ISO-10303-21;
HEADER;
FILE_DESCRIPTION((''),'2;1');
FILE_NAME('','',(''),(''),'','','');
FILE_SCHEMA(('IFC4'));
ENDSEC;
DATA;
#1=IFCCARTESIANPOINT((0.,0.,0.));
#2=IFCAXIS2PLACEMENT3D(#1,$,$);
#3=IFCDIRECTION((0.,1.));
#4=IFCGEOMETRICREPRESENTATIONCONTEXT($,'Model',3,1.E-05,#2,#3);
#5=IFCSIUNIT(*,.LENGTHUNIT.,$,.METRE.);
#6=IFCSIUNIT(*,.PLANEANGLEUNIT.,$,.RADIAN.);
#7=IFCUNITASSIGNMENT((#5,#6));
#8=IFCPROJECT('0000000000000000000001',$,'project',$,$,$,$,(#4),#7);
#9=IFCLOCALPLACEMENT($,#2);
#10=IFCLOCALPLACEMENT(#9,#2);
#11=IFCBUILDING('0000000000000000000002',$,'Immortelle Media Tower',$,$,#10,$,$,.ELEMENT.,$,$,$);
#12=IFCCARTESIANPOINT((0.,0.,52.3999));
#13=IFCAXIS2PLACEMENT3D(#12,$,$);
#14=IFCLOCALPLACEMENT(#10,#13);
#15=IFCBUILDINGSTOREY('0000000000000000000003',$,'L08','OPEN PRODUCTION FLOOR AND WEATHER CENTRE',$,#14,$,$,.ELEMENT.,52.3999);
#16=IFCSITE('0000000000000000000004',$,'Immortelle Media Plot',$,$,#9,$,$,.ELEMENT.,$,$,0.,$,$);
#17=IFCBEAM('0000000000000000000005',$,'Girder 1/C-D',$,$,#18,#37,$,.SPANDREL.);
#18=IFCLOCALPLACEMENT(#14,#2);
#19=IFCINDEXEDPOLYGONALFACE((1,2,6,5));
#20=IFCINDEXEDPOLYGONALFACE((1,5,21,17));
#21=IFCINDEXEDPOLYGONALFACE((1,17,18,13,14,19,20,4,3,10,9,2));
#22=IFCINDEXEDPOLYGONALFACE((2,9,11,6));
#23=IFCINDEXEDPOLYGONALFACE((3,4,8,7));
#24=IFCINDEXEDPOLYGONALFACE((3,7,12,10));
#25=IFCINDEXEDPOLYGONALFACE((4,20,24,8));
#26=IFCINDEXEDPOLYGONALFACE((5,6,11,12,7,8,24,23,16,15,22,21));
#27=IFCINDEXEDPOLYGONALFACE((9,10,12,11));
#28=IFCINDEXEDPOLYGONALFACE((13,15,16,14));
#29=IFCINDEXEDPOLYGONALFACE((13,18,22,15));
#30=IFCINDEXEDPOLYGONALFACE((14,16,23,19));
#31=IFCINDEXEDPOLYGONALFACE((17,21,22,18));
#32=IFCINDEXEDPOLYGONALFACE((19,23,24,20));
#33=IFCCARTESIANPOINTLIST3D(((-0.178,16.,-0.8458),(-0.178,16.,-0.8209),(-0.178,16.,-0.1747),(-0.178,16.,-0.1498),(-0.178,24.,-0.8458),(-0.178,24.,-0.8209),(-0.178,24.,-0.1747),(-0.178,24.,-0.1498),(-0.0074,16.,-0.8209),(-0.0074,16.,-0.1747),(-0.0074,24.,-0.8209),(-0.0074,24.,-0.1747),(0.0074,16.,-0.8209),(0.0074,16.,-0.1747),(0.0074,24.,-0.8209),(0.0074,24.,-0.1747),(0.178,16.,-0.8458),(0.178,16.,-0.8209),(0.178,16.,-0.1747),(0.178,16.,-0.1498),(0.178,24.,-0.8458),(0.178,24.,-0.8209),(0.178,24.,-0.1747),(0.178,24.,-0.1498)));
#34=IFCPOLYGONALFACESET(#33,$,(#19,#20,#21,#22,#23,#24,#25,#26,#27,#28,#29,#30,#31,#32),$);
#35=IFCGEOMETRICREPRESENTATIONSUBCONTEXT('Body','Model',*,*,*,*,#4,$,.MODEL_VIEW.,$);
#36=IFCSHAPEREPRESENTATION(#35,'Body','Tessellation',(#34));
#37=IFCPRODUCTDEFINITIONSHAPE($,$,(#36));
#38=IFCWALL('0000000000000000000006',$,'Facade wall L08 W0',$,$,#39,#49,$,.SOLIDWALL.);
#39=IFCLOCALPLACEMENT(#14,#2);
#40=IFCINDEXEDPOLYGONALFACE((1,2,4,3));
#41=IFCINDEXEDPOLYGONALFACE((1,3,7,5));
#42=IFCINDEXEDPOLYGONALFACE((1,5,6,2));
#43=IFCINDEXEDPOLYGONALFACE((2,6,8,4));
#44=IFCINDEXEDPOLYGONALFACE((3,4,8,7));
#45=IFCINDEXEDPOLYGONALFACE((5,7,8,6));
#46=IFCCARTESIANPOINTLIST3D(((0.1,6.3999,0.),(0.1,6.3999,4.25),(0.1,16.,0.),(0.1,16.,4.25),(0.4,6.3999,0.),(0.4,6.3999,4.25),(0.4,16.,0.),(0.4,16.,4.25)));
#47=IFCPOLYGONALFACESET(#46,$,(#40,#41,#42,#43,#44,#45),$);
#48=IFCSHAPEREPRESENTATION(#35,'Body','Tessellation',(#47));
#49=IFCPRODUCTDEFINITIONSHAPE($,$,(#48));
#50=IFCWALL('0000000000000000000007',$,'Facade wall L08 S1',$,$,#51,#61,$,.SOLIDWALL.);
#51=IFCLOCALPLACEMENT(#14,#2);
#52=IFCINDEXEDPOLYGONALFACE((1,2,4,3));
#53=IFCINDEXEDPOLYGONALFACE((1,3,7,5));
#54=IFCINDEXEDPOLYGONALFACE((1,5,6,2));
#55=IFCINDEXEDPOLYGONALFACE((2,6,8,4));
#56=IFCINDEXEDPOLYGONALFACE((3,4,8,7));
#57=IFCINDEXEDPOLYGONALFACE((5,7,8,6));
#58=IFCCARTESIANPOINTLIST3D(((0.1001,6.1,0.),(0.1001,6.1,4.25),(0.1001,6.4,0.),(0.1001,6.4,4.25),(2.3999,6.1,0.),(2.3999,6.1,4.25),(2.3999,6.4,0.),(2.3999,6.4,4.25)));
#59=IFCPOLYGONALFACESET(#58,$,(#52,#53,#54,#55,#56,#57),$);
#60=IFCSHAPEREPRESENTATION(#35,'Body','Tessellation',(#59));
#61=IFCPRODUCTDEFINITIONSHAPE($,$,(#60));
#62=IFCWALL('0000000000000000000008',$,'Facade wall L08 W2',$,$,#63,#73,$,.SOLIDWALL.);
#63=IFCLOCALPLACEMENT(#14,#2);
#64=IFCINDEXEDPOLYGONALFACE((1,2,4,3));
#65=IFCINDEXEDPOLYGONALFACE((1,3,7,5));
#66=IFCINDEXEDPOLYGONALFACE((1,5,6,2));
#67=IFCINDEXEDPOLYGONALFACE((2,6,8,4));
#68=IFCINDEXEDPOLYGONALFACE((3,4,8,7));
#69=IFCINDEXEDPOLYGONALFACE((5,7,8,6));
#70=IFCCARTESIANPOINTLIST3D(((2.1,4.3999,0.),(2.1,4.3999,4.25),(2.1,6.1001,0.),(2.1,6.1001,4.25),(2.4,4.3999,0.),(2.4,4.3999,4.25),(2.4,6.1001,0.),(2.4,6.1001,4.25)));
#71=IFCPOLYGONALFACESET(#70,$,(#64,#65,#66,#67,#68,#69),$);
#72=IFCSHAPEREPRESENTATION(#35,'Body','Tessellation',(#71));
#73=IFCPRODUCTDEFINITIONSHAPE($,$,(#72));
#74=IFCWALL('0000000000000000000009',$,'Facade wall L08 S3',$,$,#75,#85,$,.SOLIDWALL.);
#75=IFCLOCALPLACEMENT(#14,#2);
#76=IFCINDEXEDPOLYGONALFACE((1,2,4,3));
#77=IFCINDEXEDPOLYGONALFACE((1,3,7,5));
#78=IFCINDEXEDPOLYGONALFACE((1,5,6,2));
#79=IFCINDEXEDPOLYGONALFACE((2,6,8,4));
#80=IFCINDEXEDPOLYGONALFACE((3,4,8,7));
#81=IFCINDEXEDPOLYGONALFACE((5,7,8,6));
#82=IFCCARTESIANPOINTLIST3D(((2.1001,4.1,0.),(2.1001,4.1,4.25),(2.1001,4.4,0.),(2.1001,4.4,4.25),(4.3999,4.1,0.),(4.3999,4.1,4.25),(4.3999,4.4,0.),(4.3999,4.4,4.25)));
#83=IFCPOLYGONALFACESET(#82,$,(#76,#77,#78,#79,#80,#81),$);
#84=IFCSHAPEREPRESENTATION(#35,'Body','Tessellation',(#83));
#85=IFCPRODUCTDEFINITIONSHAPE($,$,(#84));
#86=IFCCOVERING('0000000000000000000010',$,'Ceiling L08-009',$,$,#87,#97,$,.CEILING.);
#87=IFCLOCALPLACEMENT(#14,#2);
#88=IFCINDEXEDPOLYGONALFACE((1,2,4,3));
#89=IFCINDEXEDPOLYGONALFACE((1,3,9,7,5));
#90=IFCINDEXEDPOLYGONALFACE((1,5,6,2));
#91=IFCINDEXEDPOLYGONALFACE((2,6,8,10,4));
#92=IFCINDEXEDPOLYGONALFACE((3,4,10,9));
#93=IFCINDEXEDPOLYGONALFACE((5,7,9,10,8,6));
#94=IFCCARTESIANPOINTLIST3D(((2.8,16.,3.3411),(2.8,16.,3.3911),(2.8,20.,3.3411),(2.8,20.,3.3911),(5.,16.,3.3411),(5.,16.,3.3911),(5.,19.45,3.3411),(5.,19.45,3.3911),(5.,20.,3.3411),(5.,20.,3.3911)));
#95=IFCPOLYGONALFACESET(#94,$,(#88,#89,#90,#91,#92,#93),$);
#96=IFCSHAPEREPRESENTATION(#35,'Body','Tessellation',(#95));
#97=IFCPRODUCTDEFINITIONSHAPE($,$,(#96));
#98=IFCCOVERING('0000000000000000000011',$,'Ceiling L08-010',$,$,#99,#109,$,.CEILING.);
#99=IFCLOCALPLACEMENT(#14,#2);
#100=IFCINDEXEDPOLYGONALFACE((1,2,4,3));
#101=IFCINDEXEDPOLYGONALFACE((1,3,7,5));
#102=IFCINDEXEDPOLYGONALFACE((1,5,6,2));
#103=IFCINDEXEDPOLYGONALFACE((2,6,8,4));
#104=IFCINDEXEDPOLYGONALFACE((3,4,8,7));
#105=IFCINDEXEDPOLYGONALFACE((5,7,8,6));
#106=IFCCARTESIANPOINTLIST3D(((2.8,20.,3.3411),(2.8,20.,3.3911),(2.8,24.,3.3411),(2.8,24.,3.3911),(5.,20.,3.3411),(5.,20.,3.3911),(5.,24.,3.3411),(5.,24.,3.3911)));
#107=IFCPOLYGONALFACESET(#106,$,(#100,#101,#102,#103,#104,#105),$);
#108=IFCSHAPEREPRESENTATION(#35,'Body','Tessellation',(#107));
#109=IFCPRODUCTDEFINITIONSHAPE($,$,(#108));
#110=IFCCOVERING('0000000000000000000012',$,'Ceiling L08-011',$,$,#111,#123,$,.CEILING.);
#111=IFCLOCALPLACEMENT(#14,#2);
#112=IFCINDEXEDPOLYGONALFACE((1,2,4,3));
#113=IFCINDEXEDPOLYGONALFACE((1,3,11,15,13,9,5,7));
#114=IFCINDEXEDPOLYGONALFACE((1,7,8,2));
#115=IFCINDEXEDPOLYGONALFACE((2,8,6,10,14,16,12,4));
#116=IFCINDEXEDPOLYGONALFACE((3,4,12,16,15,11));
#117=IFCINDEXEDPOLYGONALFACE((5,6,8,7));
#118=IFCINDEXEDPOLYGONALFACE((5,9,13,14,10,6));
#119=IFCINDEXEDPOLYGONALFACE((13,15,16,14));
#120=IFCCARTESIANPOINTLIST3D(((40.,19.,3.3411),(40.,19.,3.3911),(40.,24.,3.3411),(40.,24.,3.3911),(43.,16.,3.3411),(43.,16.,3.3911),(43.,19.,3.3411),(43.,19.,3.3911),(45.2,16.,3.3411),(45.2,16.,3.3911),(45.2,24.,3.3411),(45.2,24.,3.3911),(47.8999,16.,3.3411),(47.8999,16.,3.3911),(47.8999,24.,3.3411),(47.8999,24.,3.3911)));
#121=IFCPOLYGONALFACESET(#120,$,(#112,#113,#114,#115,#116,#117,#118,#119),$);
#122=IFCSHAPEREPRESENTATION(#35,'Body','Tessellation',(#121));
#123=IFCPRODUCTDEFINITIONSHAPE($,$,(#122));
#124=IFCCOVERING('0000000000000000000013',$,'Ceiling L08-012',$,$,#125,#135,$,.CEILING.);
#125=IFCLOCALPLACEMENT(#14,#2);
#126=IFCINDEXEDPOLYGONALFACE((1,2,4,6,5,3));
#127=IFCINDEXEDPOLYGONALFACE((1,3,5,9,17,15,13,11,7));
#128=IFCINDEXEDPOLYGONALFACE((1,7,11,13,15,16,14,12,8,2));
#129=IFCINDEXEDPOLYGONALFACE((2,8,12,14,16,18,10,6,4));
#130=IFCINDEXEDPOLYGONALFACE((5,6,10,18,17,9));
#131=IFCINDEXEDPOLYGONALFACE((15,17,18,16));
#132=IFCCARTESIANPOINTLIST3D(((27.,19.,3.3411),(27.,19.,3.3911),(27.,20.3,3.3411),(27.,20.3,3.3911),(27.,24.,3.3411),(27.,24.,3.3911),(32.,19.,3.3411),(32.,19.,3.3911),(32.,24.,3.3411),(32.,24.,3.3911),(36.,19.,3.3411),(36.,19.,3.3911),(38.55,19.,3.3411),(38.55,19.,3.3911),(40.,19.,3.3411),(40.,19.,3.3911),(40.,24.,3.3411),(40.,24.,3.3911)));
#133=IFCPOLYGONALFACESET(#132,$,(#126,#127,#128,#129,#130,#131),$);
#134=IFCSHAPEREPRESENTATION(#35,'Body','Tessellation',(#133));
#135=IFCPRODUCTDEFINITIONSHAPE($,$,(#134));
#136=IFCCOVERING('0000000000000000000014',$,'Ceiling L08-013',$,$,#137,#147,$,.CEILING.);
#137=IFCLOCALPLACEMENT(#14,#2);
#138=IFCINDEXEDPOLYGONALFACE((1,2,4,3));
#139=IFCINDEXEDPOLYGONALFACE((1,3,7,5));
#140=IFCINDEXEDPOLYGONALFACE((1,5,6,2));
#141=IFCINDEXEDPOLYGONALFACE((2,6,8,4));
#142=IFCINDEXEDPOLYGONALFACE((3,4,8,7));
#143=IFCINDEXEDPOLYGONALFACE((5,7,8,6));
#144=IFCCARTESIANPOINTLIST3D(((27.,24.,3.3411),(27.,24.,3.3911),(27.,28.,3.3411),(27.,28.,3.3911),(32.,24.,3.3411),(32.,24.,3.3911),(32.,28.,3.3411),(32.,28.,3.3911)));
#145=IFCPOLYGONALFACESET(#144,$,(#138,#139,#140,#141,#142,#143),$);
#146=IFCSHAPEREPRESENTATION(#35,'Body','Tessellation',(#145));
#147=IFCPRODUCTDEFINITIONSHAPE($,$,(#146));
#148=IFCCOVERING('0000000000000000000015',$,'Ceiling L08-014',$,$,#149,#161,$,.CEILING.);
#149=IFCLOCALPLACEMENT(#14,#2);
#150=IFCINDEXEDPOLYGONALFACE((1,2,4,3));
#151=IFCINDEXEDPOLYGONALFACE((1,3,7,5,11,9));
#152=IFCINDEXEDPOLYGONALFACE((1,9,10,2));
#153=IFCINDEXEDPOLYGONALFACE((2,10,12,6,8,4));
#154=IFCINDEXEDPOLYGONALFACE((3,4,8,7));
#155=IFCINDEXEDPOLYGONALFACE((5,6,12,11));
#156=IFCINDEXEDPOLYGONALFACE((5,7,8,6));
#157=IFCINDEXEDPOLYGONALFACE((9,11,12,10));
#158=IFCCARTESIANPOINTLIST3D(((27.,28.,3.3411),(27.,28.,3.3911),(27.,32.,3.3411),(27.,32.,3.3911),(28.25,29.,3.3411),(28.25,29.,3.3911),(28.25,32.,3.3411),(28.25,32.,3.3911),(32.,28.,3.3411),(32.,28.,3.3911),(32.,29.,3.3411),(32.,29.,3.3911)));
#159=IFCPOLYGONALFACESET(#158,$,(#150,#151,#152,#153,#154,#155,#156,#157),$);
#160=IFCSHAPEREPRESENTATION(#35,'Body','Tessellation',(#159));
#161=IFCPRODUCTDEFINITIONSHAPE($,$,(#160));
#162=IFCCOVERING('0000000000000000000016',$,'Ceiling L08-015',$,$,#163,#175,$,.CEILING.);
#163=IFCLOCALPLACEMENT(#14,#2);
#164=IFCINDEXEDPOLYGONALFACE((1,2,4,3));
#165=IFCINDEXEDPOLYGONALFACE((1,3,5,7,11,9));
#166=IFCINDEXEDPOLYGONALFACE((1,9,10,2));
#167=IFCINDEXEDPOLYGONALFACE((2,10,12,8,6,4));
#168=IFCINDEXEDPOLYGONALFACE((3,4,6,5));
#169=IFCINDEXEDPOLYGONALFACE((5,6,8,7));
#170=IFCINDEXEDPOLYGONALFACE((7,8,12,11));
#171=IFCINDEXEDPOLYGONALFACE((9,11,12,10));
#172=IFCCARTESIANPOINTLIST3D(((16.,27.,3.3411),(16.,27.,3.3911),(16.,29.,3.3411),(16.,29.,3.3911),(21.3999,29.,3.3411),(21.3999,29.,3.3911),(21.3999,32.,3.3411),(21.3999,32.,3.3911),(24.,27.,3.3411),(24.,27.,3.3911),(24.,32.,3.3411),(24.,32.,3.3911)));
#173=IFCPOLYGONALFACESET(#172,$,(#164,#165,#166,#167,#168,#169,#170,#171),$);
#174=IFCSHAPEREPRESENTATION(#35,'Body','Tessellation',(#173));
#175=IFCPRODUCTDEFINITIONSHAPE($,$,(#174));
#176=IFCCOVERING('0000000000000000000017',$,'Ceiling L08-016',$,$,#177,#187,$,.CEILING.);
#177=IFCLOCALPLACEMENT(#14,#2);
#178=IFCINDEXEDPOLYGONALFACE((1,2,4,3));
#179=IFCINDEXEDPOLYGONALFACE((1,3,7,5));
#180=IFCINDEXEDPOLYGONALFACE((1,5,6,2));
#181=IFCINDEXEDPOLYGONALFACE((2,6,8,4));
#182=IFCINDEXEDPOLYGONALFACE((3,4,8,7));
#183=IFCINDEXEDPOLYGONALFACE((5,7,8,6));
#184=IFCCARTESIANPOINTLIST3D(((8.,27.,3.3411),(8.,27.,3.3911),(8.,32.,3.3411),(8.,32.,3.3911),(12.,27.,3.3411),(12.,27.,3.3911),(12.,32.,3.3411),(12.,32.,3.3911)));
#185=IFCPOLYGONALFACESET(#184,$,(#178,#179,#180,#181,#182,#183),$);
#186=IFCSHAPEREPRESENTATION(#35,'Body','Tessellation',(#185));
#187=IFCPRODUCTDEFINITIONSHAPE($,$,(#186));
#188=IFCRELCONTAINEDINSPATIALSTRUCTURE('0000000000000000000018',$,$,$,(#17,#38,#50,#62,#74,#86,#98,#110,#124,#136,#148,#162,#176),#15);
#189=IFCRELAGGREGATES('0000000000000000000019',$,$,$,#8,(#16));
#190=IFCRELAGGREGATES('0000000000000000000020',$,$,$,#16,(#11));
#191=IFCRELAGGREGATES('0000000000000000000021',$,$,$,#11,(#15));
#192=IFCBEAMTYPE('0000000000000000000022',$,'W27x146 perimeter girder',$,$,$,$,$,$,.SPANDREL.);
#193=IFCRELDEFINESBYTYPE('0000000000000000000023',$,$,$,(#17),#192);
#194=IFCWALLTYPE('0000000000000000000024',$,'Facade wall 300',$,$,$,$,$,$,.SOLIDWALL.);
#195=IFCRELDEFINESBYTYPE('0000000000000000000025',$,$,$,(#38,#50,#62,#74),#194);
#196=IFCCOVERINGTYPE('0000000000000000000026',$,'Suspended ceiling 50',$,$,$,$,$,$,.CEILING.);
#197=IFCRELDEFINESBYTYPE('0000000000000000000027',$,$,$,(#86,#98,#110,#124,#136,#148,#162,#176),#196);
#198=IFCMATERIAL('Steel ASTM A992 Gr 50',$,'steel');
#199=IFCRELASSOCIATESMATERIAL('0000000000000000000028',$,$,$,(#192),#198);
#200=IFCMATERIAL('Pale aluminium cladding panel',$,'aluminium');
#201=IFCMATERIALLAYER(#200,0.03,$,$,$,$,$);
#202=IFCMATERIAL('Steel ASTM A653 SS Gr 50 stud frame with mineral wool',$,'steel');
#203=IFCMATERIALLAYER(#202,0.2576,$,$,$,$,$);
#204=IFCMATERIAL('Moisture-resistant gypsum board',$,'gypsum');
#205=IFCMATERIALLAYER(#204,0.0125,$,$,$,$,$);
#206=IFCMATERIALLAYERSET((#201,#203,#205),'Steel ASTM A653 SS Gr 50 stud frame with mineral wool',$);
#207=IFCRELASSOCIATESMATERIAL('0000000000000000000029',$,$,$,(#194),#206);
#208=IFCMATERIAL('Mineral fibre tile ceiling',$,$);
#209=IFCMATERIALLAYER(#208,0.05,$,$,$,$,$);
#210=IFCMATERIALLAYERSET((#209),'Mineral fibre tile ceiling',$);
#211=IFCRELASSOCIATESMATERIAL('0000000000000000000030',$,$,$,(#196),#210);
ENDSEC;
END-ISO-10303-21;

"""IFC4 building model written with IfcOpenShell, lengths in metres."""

from ifc_helpers import new_model, si_unit, direction, frame, frame_2d, origin, origin_2d, place, context, subcontext, project, spatial, polyline, rectangle, i_section, outline, extrude, material, layer, layer_set, material_profile, profile_set, type_object, element, save


model = new_model("IFC4")

# Units and contexts
model_context = context("Model", 3, precision=1e-05, world=origin(), true_north=direction((0.0, 1.0)))
body_context = subcontext(model_context, "Body", "Model", "MODEL_VIEW")
ifc_project = project(units=[si_unit("LENGTHUNIT", "METRE"), si_unit("PLANEANGLEUNIT", "RADIAN")], contexts=[model_context])

# Site, building, storey
site_placement = place(None, origin())
site = spatial("IfcSite", under=ifc_project, at=site_placement, Name="Immortelle Media Plot", CompositionType="ELEMENT", RefElevation=0.0)
building_placement = place(site_placement, origin())
building = spatial("IfcBuilding", under=site, at=building_placement, Name="Immortelle Media Tower", CompositionType="ELEMENT")
storey_placement = place(building_placement, frame((0.0, 0.0, 52.3999)))
storey = spatial("IfcBuildingStorey", under=building, at=storey_placement, Name="L08", Description="OPEN PRODUCTION FLOOR AND WEATHER CENTRE", CompositionType="ELEMENT", Elevation=52.3999)

# Shared definitions
ifc_material_1 = material(Name="Steel ASTM A992 Gr 50", Category="steel")

# Beam
ifc_material_profile_1 = material_profile(ifc_material_1, i_section(OverallWidth=0.356, OverallDepth=0.696, WebThickness=0.0149, FlangeThickness=0.0249, at=origin_2d()), Name="W27x146")
ifc_profile_set_1 = profile_set([ifc_material_profile_1], Name="Steel ASTM A992 Gr 50")
beam_type_1 = type_object("IfcBeamType", Name="W27x146 perimeter girder", PredefinedType="SPANDREL", material=ifc_profile_set_1)
for number, where, z_axis, x_axis, name in (
    (1, (0.0, 16.0, -0.4978), (0.0, 1.0, 0.0), (-1.0, 0.0, 0.0), "Girder 1/C-D"),
):
    element("IfcBeam", number, at=place(storey_placement, frame(where, z_axis=z_axis, x_axis=x_axis)), inside=storey, type_object=beam_type_1, Name=name, PredefinedType="SPANDREL", context=body_context, shape_type="SweptSolid", body=[
        extrude(i_section(OverallWidth=0.356, OverallDepth=0.696, WebThickness=0.0149, FlangeThickness=0.0249, at=origin_2d()), origin(), (0.0, 0.0, 1.0), 8.0),
    ])

# Walls
ifc_material_2 = material(Name="Pale aluminium cladding panel", Category="aluminium")
ifc_layer_1 = layer(ifc_material_2, 0.03)
ifc_material_3 = material(Name="Steel ASTM A653 SS Gr 50 stud frame with mineral wool", Category="steel")
ifc_layer_2 = layer(ifc_material_3, 0.2576)
ifc_material_4 = material(Name="Moisture-resistant gypsum board", Category="gypsum")
ifc_layer_3 = layer(ifc_material_4, 0.0125)
ifc_layer_set_1 = layer_set([ifc_layer_1, ifc_layer_2, ifc_layer_3], Name="Steel ASTM A653 SS Gr 50 stud frame with mineral wool")
wall_type = type_object("IfcWallType", Name="Facade wall 300", PredefinedType="SOLIDWALL", material=ifc_layer_set_1)
wall_1_placement = place(storey_placement, frame((0.25, 16.0, 0.0), z_axis=(0.0, 0.0, 1.0), x_axis=(0.0, -1.0, 0.0)))
element("IfcWall", 2, at=wall_1_placement, inside=storey, type_object=wall_type, Name="Facade wall L08 W0", PredefinedType="SOLIDWALL", context=body_context, shape_type="SweptSolid", body=[
    extrude(rectangle(XDim=9.6001, YDim=0.3, at=frame_2d((4.8, 0.0))), origin(), (0.0, 0.0, 1.0), 4.25),
])
wall_2_placement = place(storey_placement, frame((0.1001, 6.25, 0.0), z_axis=(0.0, 0.0, 1.0), x_axis=(1.0, 0.0, 0.0)))
element("IfcWall", 3, at=wall_2_placement, inside=storey, type_object=wall_type, Name="Facade wall L08 S1", PredefinedType="SOLIDWALL", context=body_context, shape_type="SweptSolid", body=[
    extrude(rectangle(XDim=2.2998, YDim=0.3, at=frame_2d((1.1499, 0.0))), origin(), (0.0, 0.0, 1.0), 4.25),
])
wall_3_placement = place(storey_placement, frame((2.25, 6.1001, 0.0), z_axis=(0.0, 0.0, 1.0), x_axis=(0.0, -1.0, 0.0)))
element("IfcWall", 4, at=wall_3_placement, inside=storey, type_object=wall_type, Name="Facade wall L08 W2", PredefinedType="SOLIDWALL", context=body_context, shape_type="SweptSolid", body=[
    extrude(rectangle(XDim=1.7002, YDim=0.3, at=frame_2d((0.8501, 0.0))), origin(), (0.0, 0.0, 1.0), 4.25),
])
wall_4_placement = place(storey_placement, frame((2.1001, 4.25, 0.0), z_axis=(0.0, 0.0, 1.0), x_axis=(1.0, 0.0, 0.0)))
element("IfcWall", 5, at=wall_4_placement, inside=storey, type_object=wall_type, Name="Facade wall L08 S3", PredefinedType="SOLIDWALL", context=body_context, shape_type="SweptSolid", body=[
    extrude(rectangle(XDim=2.2998, YDim=0.3, at=frame_2d((1.1499, 0.0))), origin(), (0.0, 0.0, 1.0), 4.25),
])

# Coverings
ifc_material_5 = material(Name="Mineral fibre tile ceiling")
ifc_layer_4 = layer(ifc_material_5, 0.05)
ifc_layer_set_2 = layer_set([ifc_layer_4], Name="Mineral fibre tile ceiling")
covering_type = type_object("IfcCoveringType", Name="Suspended ceiling 50", PredefinedType="CEILING", material=ifc_layer_set_2)
covering_1_placement = place(storey_placement, frame((0.0, 0.0, 3.3411)))
element("IfcCovering", 6, at=covering_1_placement, inside=storey, type_object=covering_type, Name="Ceiling L08-009", PredefinedType="CEILING", context=body_context, shape_type="SweptSolid", body=[
    extrude(outline(polyline([(5.0, 16.0), (2.8, 16.0), (2.8, 20.0), (5.0, 20.0), (5.0, 19.45), (5.0, 16.0)])), origin(), (0.0, 0.0, 1.0), 0.05),
])
covering_2_placement = place(storey_placement, frame((0.0, 0.0, 3.3411)))
element("IfcCovering", 7, at=covering_2_placement, inside=storey, type_object=covering_type, Name="Ceiling L08-010", PredefinedType="CEILING", context=body_context, shape_type="SweptSolid", body=[
    extrude(outline(polyline([(2.8, 24.0), (5.0, 24.0), (5.0, 20.0), (2.8, 20.0), (2.8, 24.0)])), origin(), (0.0, 0.0, 1.0), 0.05),
])
covering_3_placement = place(storey_placement, frame((0.0, 0.0, 3.3411)))
element("IfcCovering", 8, at=covering_3_placement, inside=storey, type_object=covering_type, Name="Ceiling L08-011", PredefinedType="CEILING", context=body_context, shape_type="SweptSolid", body=[
    extrude(outline(polyline([(45.2, 16.0), (43.0, 16.0), (43.0, 19.0), (40.0, 19.0), (40.0, 24.0), (45.2, 24.0), (47.8999, 24.0), (47.8999, 16.0), (45.2, 16.0)])), origin(), (0.0, 0.0, 1.0), 0.05),
])
covering_4_placement = place(storey_placement, frame((0.0, 0.0, 3.3411)))
element("IfcCovering", 9, at=covering_4_placement, inside=storey, type_object=covering_type, Name="Ceiling L08-012", PredefinedType="CEILING", context=body_context, shape_type="SweptSolid", body=[
    extrude(outline(polyline([(27.0, 19.0), (27.0, 20.3), (27.0, 24.0), (32.0, 24.0), (40.0, 24.0), (40.0, 19.0), (38.55, 19.0), (36.0, 19.0), (32.0, 19.0), (27.0, 19.0)])), origin(), (0.0, 0.0, 1.0), 0.05),
])
covering_5_placement = place(storey_placement, frame((0.0, 0.0, 3.3411)))
element("IfcCovering", 10, at=covering_5_placement, inside=storey, type_object=covering_type, Name="Ceiling L08-013", PredefinedType="CEILING", context=body_context, shape_type="SweptSolid", body=[
    extrude(outline(polyline([(27.0, 28.0), (32.0, 28.0), (32.0, 24.0), (27.0, 24.0), (27.0, 28.0)])), origin(), (0.0, 0.0, 1.0), 0.05),
])
covering_6_placement = place(storey_placement, frame((0.0, 0.0, 3.3411)))
element("IfcCovering", 11, at=covering_6_placement, inside=storey, type_object=covering_type, Name="Ceiling L08-014", PredefinedType="CEILING", context=body_context, shape_type="SweptSolid", body=[
    extrude(outline(polyline([(27.0, 32.0), (28.25, 32.0), (28.25, 29.0), (32.0, 29.0), (32.0, 28.0), (27.0, 28.0), (27.0, 32.0)])), origin(), (0.0, 0.0, 1.0), 0.05),
])
covering_7_placement = place(storey_placement, frame((0.0, 0.0, 3.3411)))
element("IfcCovering", 12, at=covering_7_placement, inside=storey, type_object=covering_type, Name="Ceiling L08-015", PredefinedType="CEILING", context=body_context, shape_type="SweptSolid", body=[
    extrude(outline(polyline([(16.0, 27.0), (16.0, 29.0), (21.3999, 29.0), (21.3999, 32.0), (24.0, 32.0), (24.0, 27.0), (16.0, 27.0)])), origin(), (0.0, 0.0, 1.0), 0.05),
])
covering_8_placement = place(storey_placement, frame((0.0, 0.0, 3.3411)))
element("IfcCovering", 13, at=covering_8_placement, inside=storey, type_object=covering_type, Name="Ceiling L08-016", PredefinedType="CEILING", context=body_context, shape_type="SweptSolid", body=[
    extrude(outline(polyline([(8.0, 32.0), (12.0, 32.0), (12.0, 27.0), (8.0, 27.0), (8.0, 32.0)])), origin(), (0.0, 0.0, 1.0), 0.05),
])

save(model, "model.ifc")
